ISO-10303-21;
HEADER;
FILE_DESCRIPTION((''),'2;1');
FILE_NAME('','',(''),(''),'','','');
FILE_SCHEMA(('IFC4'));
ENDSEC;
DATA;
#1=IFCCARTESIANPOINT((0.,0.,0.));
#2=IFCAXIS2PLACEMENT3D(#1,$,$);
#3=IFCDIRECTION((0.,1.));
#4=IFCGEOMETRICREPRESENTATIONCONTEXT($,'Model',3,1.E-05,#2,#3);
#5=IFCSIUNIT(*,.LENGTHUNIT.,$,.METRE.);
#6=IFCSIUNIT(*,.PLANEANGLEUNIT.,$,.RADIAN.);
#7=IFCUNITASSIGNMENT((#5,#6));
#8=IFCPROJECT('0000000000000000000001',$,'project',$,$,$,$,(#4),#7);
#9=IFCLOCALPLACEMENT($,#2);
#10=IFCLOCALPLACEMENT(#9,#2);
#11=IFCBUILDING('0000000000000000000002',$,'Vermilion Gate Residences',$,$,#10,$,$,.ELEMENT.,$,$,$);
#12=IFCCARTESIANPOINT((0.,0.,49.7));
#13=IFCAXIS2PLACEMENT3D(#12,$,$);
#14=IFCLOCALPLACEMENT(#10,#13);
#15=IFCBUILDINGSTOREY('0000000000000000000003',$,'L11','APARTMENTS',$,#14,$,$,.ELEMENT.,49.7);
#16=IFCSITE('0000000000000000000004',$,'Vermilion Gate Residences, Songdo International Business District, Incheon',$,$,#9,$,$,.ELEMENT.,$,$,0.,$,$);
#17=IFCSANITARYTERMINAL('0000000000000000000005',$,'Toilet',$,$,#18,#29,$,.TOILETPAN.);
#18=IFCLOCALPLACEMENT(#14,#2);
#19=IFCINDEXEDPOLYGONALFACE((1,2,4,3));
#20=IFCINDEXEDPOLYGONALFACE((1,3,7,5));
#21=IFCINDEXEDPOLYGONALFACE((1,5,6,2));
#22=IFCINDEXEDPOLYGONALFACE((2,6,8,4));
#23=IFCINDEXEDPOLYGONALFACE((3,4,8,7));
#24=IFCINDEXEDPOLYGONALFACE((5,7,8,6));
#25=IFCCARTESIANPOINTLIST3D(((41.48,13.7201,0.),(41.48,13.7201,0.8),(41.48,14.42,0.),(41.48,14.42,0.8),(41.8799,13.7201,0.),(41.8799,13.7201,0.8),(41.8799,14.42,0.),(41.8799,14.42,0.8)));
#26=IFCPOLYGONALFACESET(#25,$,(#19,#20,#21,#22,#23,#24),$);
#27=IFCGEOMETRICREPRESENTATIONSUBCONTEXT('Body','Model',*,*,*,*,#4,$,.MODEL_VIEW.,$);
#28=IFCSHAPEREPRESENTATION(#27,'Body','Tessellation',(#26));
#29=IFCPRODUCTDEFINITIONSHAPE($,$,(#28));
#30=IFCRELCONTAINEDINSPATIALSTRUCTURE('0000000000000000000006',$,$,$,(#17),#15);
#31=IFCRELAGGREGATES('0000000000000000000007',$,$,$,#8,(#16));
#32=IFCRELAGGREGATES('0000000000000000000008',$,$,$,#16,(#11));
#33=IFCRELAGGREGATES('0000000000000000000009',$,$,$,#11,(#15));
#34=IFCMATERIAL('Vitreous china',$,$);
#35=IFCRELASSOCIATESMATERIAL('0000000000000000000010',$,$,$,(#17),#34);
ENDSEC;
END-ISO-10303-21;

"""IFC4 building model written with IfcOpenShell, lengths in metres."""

from ifc_helpers import new_model, si_unit, direction, frame, origin, origin_2d, place, context, subcontext, project, spatial, rectangle, extrude, material, element, save


model = new_model("IFC4")

# Units and contexts
model_context = context("Model", 3, precision=1e-05, world=origin(), true_north=direction((0.0, 1.0)))
body_context = subcontext(model_context, "Body", "Model", "MODEL_VIEW")
ifc_project = project(units=[si_unit("LENGTHUNIT", "METRE"), si_unit("PLANEANGLEUNIT", "RADIAN")], contexts=[model_context])

# Site, building, storey
site_placement = place(None, origin())
site = spatial("IfcSite", under=ifc_project, at=site_placement, Name="Vermilion Gate Residences, Songdo International Business District, Incheon", CompositionType="ELEMENT", RefElevation=0.0)
building_placement = place(site_placement, origin())
building = spatial("IfcBuilding", under=site, at=building_placement, Name="Vermilion Gate Residences", CompositionType="ELEMENT")
storey_placement = place(building_placement, frame((0.0, 0.0, 49.7)))
storey = spatial("IfcBuildingStorey", under=building, at=storey_placement, Name="L11", Description="APARTMENTS", CompositionType="ELEMENT", Elevation=49.7)

# Sanitary terminal
ifc_material_1 = material(Name="Vitreous china")
sanitary_terminal_placement = place(storey_placement, frame((41.6799, 14.0701, 0.0), z_axis=(0.0, 0.0, 1.0), x_axis=(1.0, 0.0, 0.0)))
element("IfcSanitaryTerminal", 1, at=sanitary_terminal_placement, inside=storey, material=ifc_material_1, Name="Toilet", PredefinedType="TOILETPAN", context=body_context, shape_type="SweptSolid", body=[
    extrude(rectangle(XDim=0.3999, YDim=0.7, at=origin_2d()), origin(), (0.0, 0.0, 1.0), 0.8),
])

save(model, "model.ifc")
